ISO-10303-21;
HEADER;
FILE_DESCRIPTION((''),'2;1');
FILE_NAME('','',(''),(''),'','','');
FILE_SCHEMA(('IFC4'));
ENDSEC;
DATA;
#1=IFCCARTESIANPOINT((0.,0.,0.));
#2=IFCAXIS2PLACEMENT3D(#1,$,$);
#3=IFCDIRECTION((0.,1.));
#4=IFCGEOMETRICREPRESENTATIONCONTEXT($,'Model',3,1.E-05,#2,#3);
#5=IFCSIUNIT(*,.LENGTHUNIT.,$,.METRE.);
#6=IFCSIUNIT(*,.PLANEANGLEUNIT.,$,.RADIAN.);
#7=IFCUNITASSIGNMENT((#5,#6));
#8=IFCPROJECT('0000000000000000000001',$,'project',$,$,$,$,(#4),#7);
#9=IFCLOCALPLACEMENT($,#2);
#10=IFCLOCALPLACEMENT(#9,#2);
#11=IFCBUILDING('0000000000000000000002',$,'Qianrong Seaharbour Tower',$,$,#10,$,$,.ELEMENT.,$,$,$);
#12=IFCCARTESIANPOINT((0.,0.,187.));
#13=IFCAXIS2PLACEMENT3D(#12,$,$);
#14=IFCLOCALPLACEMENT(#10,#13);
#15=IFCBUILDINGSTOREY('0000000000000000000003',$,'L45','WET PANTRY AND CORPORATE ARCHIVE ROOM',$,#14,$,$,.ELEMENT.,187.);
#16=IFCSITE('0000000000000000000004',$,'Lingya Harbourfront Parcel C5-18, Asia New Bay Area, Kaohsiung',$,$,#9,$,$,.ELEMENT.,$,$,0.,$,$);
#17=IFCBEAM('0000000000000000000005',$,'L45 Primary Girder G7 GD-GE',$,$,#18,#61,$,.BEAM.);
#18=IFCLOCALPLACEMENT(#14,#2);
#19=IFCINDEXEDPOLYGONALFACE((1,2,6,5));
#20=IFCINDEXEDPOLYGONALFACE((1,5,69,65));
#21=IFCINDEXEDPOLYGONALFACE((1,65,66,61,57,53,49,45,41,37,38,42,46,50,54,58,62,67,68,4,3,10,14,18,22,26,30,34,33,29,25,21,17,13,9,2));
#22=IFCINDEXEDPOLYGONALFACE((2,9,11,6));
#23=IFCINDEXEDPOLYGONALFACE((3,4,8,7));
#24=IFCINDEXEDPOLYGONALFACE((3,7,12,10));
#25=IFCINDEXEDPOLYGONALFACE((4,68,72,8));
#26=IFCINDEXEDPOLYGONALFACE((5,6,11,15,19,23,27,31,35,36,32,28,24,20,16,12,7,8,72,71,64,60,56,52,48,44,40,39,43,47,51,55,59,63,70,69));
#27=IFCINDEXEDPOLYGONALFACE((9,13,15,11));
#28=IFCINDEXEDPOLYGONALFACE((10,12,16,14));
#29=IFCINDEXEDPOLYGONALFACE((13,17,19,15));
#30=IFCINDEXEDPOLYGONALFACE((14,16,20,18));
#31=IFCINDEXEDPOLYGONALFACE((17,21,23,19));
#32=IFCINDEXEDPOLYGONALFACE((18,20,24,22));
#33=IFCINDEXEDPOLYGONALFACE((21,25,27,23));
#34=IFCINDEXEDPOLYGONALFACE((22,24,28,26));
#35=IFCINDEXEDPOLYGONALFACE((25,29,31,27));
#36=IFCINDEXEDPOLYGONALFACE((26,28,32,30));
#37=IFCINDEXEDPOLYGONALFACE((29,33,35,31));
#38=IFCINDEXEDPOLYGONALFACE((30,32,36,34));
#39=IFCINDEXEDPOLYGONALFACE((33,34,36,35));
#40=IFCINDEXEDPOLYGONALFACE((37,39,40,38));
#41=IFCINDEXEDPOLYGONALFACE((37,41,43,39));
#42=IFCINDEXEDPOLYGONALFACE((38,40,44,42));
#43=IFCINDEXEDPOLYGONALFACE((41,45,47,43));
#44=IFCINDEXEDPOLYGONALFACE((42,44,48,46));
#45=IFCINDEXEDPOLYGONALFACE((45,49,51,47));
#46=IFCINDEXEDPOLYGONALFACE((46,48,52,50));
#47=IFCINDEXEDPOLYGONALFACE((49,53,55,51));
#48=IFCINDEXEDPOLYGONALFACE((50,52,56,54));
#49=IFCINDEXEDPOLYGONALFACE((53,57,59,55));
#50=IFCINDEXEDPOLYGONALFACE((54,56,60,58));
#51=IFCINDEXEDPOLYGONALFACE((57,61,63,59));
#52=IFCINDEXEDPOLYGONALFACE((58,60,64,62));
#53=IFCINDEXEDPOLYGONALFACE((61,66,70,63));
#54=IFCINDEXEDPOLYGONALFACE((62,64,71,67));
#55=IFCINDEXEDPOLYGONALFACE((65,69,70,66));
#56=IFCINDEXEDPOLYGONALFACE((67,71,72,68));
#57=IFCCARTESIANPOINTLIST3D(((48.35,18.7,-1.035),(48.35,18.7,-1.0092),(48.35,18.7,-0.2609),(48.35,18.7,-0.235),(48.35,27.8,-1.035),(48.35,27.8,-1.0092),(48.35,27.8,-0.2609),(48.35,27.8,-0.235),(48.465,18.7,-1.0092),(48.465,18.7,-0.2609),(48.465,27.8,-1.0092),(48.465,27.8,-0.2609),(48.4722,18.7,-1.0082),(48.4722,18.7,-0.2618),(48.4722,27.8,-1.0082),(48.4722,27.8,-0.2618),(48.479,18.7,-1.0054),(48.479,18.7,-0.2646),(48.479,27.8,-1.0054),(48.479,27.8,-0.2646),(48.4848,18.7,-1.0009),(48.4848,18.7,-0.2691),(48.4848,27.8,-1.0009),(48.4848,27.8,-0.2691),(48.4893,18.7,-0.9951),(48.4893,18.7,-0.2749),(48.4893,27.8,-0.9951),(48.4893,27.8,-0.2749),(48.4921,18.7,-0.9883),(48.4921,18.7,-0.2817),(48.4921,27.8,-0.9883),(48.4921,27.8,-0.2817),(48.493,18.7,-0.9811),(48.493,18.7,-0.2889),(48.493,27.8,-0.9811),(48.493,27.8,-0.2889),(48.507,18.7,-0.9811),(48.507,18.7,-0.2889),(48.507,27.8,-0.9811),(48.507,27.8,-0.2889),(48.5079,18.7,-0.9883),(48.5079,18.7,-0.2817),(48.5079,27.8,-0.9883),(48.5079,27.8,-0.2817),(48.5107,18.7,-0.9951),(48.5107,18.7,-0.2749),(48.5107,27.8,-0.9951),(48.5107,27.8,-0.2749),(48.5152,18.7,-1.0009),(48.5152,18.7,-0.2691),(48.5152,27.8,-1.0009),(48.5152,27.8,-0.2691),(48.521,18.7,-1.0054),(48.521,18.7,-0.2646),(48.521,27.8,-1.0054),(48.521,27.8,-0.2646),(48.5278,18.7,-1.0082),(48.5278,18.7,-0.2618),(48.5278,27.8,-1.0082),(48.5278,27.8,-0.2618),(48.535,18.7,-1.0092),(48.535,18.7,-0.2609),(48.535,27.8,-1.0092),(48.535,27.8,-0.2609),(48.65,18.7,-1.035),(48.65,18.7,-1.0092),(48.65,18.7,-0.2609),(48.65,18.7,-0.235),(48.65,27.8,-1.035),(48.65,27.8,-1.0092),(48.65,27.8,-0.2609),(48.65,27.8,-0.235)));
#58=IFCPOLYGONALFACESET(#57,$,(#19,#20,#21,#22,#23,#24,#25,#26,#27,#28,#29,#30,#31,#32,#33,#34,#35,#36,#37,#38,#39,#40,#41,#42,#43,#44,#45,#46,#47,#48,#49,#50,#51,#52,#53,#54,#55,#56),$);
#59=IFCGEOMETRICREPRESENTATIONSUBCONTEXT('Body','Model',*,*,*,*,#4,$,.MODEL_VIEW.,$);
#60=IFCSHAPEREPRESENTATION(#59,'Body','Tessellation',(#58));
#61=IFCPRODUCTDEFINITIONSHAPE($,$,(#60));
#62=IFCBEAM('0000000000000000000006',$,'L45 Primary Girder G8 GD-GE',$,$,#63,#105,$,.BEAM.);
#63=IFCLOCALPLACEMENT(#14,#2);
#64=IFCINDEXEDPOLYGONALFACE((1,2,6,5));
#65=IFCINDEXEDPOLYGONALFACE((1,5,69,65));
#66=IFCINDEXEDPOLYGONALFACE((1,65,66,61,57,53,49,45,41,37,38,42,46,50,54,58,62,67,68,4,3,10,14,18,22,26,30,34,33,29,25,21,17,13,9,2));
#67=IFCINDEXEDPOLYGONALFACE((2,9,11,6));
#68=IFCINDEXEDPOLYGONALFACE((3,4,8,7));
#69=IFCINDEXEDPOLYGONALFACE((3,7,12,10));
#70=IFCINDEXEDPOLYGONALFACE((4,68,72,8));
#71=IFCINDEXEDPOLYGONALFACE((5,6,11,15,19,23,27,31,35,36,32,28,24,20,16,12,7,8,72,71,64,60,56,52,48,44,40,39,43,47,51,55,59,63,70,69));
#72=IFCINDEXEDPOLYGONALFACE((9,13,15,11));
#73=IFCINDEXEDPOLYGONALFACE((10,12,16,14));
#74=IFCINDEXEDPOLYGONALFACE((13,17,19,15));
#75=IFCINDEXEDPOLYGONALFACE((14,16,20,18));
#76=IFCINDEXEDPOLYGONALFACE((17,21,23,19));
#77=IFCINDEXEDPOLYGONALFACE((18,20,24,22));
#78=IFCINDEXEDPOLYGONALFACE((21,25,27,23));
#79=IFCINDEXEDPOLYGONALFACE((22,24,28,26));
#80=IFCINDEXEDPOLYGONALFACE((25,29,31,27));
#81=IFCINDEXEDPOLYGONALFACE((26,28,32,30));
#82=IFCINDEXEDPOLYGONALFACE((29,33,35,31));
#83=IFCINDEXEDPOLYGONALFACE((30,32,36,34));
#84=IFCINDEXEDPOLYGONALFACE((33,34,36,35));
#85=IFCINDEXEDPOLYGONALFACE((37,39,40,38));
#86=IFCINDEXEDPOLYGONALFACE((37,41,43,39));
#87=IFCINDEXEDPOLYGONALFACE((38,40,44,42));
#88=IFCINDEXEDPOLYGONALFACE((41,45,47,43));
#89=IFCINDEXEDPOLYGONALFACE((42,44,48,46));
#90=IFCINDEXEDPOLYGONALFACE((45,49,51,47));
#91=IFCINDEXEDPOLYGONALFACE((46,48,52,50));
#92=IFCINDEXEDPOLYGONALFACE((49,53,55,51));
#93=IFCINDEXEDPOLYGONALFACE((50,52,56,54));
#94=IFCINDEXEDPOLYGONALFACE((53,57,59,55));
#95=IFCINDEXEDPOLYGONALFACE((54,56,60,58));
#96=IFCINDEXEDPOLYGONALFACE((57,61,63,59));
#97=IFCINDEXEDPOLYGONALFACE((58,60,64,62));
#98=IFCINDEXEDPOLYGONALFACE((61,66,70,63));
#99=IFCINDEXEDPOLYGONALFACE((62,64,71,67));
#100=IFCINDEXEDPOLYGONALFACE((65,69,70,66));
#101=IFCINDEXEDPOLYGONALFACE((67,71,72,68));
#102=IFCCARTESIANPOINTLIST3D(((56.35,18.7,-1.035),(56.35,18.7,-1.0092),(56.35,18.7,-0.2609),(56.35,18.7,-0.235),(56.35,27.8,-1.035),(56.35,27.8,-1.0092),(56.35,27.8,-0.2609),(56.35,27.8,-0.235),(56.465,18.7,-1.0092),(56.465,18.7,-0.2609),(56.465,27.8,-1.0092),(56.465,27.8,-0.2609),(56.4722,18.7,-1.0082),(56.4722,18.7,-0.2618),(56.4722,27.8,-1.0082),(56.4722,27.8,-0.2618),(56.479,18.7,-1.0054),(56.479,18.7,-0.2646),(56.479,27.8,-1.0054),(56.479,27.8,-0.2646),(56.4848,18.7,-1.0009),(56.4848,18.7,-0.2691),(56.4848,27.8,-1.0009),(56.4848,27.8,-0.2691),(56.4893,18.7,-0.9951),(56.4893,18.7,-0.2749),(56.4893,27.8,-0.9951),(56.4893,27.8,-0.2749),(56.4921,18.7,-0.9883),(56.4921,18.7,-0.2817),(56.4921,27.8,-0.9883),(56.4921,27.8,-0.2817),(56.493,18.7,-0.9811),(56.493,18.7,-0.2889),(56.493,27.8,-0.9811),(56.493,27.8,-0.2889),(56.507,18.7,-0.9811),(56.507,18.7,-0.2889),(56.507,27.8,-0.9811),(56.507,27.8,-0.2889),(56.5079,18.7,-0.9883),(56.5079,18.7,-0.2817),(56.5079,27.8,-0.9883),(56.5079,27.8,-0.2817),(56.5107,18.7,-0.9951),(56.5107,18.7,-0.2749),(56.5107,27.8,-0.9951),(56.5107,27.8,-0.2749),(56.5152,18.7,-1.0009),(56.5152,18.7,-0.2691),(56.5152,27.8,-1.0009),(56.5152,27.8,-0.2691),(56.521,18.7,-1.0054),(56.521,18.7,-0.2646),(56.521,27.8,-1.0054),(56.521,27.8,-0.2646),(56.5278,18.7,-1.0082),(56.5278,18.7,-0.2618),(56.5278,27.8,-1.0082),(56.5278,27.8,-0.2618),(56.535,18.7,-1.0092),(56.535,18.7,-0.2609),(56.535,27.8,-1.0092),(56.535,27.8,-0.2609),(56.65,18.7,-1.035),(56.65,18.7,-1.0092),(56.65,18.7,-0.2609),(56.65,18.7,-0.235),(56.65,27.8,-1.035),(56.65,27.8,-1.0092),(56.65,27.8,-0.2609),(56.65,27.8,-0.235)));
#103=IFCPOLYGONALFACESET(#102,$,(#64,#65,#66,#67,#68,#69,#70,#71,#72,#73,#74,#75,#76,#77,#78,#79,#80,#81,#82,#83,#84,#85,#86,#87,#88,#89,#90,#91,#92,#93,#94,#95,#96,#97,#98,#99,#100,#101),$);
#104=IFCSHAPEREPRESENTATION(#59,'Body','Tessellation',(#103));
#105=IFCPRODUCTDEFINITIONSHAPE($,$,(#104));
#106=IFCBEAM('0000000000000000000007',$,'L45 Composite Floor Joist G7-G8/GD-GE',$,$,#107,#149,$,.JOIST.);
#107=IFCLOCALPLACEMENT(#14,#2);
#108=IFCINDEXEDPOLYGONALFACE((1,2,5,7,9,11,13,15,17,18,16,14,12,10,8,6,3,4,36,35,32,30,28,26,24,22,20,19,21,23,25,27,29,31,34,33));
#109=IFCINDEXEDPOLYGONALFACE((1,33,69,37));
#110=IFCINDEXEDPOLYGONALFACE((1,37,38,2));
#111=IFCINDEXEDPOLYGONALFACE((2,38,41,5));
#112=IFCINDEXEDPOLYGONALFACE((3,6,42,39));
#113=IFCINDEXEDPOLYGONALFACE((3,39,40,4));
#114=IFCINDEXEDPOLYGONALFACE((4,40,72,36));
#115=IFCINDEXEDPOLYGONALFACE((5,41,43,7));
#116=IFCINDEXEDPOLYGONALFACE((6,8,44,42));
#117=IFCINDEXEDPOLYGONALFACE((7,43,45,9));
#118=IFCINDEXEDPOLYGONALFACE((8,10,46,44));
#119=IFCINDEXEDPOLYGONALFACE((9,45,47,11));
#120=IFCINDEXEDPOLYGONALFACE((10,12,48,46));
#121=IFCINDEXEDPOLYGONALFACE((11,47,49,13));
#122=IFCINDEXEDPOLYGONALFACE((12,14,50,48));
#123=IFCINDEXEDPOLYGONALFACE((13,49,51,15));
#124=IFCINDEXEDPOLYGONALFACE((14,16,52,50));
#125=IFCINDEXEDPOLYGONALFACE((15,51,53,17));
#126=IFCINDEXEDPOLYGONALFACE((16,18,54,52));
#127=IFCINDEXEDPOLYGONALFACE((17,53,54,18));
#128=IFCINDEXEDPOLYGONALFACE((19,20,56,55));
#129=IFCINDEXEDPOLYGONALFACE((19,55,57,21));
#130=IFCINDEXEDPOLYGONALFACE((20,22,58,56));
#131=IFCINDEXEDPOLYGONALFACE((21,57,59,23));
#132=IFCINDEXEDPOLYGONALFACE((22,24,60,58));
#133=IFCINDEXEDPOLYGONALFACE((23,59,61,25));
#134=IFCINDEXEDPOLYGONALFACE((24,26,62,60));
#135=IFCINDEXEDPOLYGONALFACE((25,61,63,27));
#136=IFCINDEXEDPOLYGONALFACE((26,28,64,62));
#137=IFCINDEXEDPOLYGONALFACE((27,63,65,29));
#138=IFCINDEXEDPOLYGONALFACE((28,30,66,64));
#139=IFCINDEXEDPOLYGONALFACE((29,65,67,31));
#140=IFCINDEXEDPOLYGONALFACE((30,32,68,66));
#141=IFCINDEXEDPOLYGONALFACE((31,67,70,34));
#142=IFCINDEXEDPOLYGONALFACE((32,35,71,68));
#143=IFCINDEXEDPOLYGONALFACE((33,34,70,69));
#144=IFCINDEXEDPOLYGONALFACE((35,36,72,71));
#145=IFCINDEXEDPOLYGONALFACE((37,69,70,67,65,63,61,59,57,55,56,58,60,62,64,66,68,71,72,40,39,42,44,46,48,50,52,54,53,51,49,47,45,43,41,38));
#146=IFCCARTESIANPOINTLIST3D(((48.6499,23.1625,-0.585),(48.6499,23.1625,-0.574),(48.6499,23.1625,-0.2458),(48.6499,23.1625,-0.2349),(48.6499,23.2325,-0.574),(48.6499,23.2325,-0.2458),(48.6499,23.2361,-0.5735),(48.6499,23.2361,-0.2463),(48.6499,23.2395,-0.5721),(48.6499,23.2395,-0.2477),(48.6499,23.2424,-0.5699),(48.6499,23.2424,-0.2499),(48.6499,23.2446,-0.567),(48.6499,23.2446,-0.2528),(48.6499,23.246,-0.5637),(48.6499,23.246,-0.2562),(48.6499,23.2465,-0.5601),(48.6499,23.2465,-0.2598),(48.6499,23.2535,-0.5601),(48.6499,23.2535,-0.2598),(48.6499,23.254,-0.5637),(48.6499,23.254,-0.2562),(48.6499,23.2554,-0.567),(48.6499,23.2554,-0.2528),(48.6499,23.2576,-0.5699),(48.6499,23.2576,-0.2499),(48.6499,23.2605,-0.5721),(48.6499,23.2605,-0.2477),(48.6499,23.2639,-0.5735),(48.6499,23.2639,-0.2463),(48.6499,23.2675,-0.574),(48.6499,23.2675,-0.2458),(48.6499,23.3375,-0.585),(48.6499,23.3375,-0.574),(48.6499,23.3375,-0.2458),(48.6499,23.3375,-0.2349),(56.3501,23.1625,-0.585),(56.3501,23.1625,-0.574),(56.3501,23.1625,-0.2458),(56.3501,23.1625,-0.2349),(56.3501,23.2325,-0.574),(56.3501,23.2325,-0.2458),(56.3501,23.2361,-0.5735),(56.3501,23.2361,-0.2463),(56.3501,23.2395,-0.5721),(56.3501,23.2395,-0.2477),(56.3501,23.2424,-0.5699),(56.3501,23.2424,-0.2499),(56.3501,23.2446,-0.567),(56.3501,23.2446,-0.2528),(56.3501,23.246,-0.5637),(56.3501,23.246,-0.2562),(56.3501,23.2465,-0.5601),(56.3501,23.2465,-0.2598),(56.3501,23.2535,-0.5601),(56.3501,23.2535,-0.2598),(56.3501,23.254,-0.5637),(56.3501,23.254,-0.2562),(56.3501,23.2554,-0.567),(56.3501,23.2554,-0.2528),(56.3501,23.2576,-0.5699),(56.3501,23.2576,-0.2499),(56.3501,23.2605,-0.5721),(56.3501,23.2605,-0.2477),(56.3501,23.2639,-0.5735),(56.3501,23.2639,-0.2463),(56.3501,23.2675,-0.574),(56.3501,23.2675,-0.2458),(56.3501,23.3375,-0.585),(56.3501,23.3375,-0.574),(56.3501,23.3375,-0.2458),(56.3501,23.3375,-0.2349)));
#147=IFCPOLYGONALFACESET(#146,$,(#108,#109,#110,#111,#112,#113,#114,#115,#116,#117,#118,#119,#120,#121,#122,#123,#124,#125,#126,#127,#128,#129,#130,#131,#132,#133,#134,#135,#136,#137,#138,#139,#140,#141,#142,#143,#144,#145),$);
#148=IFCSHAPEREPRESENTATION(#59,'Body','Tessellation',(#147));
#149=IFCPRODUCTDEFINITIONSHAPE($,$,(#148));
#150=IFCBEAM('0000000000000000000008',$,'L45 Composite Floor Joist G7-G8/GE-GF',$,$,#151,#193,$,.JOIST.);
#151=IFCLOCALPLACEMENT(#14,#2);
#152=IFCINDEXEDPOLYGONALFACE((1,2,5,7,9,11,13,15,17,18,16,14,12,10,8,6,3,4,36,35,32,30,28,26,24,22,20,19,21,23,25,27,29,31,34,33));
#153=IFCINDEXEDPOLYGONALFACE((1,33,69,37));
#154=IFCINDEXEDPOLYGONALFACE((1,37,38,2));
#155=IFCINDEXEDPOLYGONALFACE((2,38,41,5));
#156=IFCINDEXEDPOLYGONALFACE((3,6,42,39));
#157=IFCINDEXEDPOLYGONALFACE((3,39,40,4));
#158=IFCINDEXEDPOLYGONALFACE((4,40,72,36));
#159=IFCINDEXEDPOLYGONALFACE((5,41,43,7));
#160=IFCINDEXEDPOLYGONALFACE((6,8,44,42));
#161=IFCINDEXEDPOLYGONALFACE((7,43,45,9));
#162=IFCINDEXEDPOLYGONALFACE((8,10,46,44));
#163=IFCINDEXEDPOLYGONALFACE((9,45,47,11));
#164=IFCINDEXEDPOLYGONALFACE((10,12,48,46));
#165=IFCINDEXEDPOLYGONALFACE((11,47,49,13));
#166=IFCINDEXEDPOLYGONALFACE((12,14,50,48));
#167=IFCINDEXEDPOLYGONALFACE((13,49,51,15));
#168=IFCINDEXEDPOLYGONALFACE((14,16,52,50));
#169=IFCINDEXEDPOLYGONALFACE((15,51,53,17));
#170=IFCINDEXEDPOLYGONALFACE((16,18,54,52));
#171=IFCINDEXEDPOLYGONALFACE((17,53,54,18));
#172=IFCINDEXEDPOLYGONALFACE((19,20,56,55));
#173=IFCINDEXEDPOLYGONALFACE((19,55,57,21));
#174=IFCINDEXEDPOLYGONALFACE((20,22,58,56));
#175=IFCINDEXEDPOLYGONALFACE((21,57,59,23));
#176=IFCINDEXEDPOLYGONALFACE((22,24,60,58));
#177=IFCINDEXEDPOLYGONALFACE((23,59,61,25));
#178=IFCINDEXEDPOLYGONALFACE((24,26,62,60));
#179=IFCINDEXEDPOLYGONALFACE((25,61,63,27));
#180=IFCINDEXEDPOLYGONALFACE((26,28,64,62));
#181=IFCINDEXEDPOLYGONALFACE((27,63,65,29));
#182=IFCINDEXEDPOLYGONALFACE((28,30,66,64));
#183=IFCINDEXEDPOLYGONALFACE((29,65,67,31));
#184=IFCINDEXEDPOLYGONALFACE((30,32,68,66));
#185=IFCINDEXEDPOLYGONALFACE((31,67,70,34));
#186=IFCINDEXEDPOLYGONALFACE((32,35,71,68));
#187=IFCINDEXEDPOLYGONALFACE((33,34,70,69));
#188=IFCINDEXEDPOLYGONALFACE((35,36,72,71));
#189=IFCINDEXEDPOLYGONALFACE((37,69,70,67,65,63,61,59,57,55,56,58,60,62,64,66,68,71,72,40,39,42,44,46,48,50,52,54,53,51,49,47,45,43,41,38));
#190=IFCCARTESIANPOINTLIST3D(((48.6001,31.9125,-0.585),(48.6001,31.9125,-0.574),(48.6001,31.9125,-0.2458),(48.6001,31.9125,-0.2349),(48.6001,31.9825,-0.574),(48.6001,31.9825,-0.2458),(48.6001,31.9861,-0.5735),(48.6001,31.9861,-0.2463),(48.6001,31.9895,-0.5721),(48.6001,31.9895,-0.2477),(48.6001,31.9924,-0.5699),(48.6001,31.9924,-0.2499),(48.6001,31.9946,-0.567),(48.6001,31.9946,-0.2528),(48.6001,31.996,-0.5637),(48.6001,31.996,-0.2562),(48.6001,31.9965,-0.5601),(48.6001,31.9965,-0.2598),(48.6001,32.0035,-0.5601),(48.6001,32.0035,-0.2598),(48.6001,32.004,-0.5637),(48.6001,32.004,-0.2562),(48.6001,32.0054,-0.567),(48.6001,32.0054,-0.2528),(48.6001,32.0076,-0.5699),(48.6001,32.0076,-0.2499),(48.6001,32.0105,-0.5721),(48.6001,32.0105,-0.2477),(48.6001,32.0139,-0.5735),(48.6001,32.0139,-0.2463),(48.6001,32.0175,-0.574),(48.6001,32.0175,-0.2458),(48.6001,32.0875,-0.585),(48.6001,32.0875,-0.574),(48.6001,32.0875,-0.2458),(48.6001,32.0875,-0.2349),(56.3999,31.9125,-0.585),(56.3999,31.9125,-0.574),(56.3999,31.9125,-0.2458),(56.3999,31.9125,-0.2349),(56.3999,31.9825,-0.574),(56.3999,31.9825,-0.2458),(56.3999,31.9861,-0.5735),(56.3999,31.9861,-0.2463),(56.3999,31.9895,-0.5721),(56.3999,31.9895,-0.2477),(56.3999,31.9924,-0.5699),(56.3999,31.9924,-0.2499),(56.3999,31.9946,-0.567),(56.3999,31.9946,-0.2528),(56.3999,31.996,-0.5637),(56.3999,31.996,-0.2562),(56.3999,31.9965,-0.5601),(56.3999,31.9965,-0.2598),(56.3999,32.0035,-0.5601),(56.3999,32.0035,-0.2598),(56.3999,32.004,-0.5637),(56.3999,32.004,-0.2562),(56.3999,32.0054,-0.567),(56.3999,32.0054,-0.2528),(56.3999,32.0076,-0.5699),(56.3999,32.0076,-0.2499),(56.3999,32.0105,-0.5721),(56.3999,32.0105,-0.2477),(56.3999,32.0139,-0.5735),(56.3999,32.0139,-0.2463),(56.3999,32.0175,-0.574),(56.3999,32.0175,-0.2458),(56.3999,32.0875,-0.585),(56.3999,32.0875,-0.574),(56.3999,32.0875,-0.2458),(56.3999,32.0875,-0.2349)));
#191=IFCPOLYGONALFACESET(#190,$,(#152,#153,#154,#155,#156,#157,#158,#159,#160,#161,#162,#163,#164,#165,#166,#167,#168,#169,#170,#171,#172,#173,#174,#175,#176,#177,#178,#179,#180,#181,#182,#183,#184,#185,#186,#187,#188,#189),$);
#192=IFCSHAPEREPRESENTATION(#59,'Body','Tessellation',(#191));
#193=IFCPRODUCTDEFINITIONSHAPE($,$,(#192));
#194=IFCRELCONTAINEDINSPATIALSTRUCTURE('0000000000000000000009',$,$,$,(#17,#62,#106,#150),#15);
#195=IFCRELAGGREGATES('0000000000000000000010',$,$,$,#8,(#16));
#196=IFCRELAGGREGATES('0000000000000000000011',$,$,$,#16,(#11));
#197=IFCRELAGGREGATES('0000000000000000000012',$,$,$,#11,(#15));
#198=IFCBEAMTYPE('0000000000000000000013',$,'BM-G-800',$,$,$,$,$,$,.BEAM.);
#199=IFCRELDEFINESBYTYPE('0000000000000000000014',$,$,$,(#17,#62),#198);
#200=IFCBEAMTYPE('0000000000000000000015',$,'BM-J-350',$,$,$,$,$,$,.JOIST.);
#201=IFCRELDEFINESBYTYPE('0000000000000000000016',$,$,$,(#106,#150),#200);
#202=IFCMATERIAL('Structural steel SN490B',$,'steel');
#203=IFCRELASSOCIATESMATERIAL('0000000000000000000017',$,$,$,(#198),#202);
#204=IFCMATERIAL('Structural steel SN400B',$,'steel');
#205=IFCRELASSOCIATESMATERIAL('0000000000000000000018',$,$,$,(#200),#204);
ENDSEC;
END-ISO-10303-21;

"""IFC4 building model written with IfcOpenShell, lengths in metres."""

from ifc_helpers import new_model, si_unit, direction, frame, origin, origin_2d, place, context, subcontext, project, spatial, i_section, extrude, material, material_profile, profile_set, type_object, element, save


model = new_model("IFC4")

# Units and contexts
model_context = context("Model", 3, precision=1e-05, world=origin(), true_north=direction((0.0, 1.0)))
body_context = subcontext(model_context, "Body", "Model", "MODEL_VIEW")
ifc_project = project(units=[si_unit("LENGTHUNIT", "METRE"), si_unit("PLANEANGLEUNIT", "RADIAN")], contexts=[model_context])

# Site, building, storey
site_placement = place(None, origin())
site = spatial("IfcSite", under=ifc_project, at=site_placement, Name="Lingya Harbourfront Parcel C5-18, Asia New Bay Area, Kaohsiung", CompositionType="ELEMENT", RefElevation=0.0)
building_placement = place(site_placement, origin())
building = spatial("IfcBuilding", under=site, at=building_placement, Name="Qianrong Seaharbour Tower", CompositionType="ELEMENT")
storey_placement = place(building_placement, frame((0.0, 0.0, 187.0)))
storey = spatial("IfcBuildingStorey", under=building, at=storey_placement, Name="L45", Description="WET PANTRY AND CORPORATE ARCHIVE ROOM", CompositionType="ELEMENT", Elevation=187.0)

# Shared definitions
ifc_material_1 = material(Name="Structural steel SN490B", Category="steel")

# Beams
ifc_material_profile_1 = material_profile(ifc_material_1, i_section(OverallWidth=0.3, OverallDepth=0.8, WebThickness=0.0139, FlangeThickness=0.0259, FilletRadius=0.0281, at=origin_2d()), Name="H800x300x14x26")
ifc_profile_set_1 = profile_set([ifc_material_profile_1], Name="Structural steel SN490B")
beam_type_1 = type_object("IfcBeamType", Name="BM-G-800", PredefinedType="BEAM", material=ifc_profile_set_1)
for number, where, z_axis, x_axis, name in (
    (1, (48.5, 18.7, -0.635), (0.0, 1.0, 0.0), (-1.0, 0.0, 0.0), "L45 Primary Girder G7 GD-GE"),
    (2, (56.5, 18.7, -0.635), (0.0, 1.0, 0.0), (-1.0, 0.0, 0.0), "L45 Primary Girder G8 GD-GE"),
):
    element("IfcBeam", number, at=place(storey_placement, frame(where, z_axis=z_axis, x_axis=x_axis)), inside=storey, type_object=beam_type_1, Name=name, PredefinedType="BEAM", context=body_context, shape_type="SweptSolid", body=[
        extrude(i_section(OverallWidth=0.3, OverallDepth=0.8, WebThickness=0.0139, FlangeThickness=0.0259, FilletRadius=0.0281, at=origin_2d()), origin(), (0.0, 0.0, 1.0), 9.1001),
    ])
ifc_material_2 = material(Name="Structural steel SN400B", Category="steel")
ifc_material_profile_2 = material_profile(ifc_material_2, i_section(OverallWidth=0.175, OverallDepth=0.3501, WebThickness=0.0071, FlangeThickness=0.011, FilletRadius=0.0139, at=origin_2d()), Name="H350x175x7x11")
ifc_profile_set_2 = profile_set([ifc_material_profile_2], Name="Structural steel SN400B")
beam_type_2 = type_object("IfcBeamType", Name="BM-J-350", PredefinedType="JOIST", material=ifc_profile_set_2)
beam_1_placement = place(storey_placement, frame((48.6499, 23.25, -0.4099), z_axis=(1.0, 0.0, 0.0), x_axis=(0.0, 1.0, 0.0)))
element("IfcBeam", 3, at=beam_1_placement, inside=storey, type_object=beam_type_2, Name="L45 Composite Floor Joist G7-G8/GD-GE", PredefinedType="JOIST", context=body_context, shape_type="SweptSolid", body=[
    extrude(i_section(OverallWidth=0.175, OverallDepth=0.3501, WebThickness=0.0071, FlangeThickness=0.011, FilletRadius=0.0139, at=origin_2d()), origin(), (0.0, 0.0, 1.0), 7.7002),
])
beam_2_placement = place(storey_placement, frame((48.6001, 32.0, -0.4099), z_axis=(1.0, 0.0, 0.0), x_axis=(0.0, 1.0, 0.0)))
element("IfcBeam", 4, at=beam_2_placement, inside=storey, type_object=beam_type_2, Name="L45 Composite Floor Joist G7-G8/GE-GF", PredefinedType="JOIST", context=body_context, shape_type="SweptSolid", body=[
    extrude(i_section(OverallWidth=0.175, OverallDepth=0.3501, WebThickness=0.0071, FlangeThickness=0.011, FilletRadius=0.0139, at=origin_2d()), origin(), (0.0, 0.0, 1.0), 7.7998),
])

save(model, "model.ifc")
